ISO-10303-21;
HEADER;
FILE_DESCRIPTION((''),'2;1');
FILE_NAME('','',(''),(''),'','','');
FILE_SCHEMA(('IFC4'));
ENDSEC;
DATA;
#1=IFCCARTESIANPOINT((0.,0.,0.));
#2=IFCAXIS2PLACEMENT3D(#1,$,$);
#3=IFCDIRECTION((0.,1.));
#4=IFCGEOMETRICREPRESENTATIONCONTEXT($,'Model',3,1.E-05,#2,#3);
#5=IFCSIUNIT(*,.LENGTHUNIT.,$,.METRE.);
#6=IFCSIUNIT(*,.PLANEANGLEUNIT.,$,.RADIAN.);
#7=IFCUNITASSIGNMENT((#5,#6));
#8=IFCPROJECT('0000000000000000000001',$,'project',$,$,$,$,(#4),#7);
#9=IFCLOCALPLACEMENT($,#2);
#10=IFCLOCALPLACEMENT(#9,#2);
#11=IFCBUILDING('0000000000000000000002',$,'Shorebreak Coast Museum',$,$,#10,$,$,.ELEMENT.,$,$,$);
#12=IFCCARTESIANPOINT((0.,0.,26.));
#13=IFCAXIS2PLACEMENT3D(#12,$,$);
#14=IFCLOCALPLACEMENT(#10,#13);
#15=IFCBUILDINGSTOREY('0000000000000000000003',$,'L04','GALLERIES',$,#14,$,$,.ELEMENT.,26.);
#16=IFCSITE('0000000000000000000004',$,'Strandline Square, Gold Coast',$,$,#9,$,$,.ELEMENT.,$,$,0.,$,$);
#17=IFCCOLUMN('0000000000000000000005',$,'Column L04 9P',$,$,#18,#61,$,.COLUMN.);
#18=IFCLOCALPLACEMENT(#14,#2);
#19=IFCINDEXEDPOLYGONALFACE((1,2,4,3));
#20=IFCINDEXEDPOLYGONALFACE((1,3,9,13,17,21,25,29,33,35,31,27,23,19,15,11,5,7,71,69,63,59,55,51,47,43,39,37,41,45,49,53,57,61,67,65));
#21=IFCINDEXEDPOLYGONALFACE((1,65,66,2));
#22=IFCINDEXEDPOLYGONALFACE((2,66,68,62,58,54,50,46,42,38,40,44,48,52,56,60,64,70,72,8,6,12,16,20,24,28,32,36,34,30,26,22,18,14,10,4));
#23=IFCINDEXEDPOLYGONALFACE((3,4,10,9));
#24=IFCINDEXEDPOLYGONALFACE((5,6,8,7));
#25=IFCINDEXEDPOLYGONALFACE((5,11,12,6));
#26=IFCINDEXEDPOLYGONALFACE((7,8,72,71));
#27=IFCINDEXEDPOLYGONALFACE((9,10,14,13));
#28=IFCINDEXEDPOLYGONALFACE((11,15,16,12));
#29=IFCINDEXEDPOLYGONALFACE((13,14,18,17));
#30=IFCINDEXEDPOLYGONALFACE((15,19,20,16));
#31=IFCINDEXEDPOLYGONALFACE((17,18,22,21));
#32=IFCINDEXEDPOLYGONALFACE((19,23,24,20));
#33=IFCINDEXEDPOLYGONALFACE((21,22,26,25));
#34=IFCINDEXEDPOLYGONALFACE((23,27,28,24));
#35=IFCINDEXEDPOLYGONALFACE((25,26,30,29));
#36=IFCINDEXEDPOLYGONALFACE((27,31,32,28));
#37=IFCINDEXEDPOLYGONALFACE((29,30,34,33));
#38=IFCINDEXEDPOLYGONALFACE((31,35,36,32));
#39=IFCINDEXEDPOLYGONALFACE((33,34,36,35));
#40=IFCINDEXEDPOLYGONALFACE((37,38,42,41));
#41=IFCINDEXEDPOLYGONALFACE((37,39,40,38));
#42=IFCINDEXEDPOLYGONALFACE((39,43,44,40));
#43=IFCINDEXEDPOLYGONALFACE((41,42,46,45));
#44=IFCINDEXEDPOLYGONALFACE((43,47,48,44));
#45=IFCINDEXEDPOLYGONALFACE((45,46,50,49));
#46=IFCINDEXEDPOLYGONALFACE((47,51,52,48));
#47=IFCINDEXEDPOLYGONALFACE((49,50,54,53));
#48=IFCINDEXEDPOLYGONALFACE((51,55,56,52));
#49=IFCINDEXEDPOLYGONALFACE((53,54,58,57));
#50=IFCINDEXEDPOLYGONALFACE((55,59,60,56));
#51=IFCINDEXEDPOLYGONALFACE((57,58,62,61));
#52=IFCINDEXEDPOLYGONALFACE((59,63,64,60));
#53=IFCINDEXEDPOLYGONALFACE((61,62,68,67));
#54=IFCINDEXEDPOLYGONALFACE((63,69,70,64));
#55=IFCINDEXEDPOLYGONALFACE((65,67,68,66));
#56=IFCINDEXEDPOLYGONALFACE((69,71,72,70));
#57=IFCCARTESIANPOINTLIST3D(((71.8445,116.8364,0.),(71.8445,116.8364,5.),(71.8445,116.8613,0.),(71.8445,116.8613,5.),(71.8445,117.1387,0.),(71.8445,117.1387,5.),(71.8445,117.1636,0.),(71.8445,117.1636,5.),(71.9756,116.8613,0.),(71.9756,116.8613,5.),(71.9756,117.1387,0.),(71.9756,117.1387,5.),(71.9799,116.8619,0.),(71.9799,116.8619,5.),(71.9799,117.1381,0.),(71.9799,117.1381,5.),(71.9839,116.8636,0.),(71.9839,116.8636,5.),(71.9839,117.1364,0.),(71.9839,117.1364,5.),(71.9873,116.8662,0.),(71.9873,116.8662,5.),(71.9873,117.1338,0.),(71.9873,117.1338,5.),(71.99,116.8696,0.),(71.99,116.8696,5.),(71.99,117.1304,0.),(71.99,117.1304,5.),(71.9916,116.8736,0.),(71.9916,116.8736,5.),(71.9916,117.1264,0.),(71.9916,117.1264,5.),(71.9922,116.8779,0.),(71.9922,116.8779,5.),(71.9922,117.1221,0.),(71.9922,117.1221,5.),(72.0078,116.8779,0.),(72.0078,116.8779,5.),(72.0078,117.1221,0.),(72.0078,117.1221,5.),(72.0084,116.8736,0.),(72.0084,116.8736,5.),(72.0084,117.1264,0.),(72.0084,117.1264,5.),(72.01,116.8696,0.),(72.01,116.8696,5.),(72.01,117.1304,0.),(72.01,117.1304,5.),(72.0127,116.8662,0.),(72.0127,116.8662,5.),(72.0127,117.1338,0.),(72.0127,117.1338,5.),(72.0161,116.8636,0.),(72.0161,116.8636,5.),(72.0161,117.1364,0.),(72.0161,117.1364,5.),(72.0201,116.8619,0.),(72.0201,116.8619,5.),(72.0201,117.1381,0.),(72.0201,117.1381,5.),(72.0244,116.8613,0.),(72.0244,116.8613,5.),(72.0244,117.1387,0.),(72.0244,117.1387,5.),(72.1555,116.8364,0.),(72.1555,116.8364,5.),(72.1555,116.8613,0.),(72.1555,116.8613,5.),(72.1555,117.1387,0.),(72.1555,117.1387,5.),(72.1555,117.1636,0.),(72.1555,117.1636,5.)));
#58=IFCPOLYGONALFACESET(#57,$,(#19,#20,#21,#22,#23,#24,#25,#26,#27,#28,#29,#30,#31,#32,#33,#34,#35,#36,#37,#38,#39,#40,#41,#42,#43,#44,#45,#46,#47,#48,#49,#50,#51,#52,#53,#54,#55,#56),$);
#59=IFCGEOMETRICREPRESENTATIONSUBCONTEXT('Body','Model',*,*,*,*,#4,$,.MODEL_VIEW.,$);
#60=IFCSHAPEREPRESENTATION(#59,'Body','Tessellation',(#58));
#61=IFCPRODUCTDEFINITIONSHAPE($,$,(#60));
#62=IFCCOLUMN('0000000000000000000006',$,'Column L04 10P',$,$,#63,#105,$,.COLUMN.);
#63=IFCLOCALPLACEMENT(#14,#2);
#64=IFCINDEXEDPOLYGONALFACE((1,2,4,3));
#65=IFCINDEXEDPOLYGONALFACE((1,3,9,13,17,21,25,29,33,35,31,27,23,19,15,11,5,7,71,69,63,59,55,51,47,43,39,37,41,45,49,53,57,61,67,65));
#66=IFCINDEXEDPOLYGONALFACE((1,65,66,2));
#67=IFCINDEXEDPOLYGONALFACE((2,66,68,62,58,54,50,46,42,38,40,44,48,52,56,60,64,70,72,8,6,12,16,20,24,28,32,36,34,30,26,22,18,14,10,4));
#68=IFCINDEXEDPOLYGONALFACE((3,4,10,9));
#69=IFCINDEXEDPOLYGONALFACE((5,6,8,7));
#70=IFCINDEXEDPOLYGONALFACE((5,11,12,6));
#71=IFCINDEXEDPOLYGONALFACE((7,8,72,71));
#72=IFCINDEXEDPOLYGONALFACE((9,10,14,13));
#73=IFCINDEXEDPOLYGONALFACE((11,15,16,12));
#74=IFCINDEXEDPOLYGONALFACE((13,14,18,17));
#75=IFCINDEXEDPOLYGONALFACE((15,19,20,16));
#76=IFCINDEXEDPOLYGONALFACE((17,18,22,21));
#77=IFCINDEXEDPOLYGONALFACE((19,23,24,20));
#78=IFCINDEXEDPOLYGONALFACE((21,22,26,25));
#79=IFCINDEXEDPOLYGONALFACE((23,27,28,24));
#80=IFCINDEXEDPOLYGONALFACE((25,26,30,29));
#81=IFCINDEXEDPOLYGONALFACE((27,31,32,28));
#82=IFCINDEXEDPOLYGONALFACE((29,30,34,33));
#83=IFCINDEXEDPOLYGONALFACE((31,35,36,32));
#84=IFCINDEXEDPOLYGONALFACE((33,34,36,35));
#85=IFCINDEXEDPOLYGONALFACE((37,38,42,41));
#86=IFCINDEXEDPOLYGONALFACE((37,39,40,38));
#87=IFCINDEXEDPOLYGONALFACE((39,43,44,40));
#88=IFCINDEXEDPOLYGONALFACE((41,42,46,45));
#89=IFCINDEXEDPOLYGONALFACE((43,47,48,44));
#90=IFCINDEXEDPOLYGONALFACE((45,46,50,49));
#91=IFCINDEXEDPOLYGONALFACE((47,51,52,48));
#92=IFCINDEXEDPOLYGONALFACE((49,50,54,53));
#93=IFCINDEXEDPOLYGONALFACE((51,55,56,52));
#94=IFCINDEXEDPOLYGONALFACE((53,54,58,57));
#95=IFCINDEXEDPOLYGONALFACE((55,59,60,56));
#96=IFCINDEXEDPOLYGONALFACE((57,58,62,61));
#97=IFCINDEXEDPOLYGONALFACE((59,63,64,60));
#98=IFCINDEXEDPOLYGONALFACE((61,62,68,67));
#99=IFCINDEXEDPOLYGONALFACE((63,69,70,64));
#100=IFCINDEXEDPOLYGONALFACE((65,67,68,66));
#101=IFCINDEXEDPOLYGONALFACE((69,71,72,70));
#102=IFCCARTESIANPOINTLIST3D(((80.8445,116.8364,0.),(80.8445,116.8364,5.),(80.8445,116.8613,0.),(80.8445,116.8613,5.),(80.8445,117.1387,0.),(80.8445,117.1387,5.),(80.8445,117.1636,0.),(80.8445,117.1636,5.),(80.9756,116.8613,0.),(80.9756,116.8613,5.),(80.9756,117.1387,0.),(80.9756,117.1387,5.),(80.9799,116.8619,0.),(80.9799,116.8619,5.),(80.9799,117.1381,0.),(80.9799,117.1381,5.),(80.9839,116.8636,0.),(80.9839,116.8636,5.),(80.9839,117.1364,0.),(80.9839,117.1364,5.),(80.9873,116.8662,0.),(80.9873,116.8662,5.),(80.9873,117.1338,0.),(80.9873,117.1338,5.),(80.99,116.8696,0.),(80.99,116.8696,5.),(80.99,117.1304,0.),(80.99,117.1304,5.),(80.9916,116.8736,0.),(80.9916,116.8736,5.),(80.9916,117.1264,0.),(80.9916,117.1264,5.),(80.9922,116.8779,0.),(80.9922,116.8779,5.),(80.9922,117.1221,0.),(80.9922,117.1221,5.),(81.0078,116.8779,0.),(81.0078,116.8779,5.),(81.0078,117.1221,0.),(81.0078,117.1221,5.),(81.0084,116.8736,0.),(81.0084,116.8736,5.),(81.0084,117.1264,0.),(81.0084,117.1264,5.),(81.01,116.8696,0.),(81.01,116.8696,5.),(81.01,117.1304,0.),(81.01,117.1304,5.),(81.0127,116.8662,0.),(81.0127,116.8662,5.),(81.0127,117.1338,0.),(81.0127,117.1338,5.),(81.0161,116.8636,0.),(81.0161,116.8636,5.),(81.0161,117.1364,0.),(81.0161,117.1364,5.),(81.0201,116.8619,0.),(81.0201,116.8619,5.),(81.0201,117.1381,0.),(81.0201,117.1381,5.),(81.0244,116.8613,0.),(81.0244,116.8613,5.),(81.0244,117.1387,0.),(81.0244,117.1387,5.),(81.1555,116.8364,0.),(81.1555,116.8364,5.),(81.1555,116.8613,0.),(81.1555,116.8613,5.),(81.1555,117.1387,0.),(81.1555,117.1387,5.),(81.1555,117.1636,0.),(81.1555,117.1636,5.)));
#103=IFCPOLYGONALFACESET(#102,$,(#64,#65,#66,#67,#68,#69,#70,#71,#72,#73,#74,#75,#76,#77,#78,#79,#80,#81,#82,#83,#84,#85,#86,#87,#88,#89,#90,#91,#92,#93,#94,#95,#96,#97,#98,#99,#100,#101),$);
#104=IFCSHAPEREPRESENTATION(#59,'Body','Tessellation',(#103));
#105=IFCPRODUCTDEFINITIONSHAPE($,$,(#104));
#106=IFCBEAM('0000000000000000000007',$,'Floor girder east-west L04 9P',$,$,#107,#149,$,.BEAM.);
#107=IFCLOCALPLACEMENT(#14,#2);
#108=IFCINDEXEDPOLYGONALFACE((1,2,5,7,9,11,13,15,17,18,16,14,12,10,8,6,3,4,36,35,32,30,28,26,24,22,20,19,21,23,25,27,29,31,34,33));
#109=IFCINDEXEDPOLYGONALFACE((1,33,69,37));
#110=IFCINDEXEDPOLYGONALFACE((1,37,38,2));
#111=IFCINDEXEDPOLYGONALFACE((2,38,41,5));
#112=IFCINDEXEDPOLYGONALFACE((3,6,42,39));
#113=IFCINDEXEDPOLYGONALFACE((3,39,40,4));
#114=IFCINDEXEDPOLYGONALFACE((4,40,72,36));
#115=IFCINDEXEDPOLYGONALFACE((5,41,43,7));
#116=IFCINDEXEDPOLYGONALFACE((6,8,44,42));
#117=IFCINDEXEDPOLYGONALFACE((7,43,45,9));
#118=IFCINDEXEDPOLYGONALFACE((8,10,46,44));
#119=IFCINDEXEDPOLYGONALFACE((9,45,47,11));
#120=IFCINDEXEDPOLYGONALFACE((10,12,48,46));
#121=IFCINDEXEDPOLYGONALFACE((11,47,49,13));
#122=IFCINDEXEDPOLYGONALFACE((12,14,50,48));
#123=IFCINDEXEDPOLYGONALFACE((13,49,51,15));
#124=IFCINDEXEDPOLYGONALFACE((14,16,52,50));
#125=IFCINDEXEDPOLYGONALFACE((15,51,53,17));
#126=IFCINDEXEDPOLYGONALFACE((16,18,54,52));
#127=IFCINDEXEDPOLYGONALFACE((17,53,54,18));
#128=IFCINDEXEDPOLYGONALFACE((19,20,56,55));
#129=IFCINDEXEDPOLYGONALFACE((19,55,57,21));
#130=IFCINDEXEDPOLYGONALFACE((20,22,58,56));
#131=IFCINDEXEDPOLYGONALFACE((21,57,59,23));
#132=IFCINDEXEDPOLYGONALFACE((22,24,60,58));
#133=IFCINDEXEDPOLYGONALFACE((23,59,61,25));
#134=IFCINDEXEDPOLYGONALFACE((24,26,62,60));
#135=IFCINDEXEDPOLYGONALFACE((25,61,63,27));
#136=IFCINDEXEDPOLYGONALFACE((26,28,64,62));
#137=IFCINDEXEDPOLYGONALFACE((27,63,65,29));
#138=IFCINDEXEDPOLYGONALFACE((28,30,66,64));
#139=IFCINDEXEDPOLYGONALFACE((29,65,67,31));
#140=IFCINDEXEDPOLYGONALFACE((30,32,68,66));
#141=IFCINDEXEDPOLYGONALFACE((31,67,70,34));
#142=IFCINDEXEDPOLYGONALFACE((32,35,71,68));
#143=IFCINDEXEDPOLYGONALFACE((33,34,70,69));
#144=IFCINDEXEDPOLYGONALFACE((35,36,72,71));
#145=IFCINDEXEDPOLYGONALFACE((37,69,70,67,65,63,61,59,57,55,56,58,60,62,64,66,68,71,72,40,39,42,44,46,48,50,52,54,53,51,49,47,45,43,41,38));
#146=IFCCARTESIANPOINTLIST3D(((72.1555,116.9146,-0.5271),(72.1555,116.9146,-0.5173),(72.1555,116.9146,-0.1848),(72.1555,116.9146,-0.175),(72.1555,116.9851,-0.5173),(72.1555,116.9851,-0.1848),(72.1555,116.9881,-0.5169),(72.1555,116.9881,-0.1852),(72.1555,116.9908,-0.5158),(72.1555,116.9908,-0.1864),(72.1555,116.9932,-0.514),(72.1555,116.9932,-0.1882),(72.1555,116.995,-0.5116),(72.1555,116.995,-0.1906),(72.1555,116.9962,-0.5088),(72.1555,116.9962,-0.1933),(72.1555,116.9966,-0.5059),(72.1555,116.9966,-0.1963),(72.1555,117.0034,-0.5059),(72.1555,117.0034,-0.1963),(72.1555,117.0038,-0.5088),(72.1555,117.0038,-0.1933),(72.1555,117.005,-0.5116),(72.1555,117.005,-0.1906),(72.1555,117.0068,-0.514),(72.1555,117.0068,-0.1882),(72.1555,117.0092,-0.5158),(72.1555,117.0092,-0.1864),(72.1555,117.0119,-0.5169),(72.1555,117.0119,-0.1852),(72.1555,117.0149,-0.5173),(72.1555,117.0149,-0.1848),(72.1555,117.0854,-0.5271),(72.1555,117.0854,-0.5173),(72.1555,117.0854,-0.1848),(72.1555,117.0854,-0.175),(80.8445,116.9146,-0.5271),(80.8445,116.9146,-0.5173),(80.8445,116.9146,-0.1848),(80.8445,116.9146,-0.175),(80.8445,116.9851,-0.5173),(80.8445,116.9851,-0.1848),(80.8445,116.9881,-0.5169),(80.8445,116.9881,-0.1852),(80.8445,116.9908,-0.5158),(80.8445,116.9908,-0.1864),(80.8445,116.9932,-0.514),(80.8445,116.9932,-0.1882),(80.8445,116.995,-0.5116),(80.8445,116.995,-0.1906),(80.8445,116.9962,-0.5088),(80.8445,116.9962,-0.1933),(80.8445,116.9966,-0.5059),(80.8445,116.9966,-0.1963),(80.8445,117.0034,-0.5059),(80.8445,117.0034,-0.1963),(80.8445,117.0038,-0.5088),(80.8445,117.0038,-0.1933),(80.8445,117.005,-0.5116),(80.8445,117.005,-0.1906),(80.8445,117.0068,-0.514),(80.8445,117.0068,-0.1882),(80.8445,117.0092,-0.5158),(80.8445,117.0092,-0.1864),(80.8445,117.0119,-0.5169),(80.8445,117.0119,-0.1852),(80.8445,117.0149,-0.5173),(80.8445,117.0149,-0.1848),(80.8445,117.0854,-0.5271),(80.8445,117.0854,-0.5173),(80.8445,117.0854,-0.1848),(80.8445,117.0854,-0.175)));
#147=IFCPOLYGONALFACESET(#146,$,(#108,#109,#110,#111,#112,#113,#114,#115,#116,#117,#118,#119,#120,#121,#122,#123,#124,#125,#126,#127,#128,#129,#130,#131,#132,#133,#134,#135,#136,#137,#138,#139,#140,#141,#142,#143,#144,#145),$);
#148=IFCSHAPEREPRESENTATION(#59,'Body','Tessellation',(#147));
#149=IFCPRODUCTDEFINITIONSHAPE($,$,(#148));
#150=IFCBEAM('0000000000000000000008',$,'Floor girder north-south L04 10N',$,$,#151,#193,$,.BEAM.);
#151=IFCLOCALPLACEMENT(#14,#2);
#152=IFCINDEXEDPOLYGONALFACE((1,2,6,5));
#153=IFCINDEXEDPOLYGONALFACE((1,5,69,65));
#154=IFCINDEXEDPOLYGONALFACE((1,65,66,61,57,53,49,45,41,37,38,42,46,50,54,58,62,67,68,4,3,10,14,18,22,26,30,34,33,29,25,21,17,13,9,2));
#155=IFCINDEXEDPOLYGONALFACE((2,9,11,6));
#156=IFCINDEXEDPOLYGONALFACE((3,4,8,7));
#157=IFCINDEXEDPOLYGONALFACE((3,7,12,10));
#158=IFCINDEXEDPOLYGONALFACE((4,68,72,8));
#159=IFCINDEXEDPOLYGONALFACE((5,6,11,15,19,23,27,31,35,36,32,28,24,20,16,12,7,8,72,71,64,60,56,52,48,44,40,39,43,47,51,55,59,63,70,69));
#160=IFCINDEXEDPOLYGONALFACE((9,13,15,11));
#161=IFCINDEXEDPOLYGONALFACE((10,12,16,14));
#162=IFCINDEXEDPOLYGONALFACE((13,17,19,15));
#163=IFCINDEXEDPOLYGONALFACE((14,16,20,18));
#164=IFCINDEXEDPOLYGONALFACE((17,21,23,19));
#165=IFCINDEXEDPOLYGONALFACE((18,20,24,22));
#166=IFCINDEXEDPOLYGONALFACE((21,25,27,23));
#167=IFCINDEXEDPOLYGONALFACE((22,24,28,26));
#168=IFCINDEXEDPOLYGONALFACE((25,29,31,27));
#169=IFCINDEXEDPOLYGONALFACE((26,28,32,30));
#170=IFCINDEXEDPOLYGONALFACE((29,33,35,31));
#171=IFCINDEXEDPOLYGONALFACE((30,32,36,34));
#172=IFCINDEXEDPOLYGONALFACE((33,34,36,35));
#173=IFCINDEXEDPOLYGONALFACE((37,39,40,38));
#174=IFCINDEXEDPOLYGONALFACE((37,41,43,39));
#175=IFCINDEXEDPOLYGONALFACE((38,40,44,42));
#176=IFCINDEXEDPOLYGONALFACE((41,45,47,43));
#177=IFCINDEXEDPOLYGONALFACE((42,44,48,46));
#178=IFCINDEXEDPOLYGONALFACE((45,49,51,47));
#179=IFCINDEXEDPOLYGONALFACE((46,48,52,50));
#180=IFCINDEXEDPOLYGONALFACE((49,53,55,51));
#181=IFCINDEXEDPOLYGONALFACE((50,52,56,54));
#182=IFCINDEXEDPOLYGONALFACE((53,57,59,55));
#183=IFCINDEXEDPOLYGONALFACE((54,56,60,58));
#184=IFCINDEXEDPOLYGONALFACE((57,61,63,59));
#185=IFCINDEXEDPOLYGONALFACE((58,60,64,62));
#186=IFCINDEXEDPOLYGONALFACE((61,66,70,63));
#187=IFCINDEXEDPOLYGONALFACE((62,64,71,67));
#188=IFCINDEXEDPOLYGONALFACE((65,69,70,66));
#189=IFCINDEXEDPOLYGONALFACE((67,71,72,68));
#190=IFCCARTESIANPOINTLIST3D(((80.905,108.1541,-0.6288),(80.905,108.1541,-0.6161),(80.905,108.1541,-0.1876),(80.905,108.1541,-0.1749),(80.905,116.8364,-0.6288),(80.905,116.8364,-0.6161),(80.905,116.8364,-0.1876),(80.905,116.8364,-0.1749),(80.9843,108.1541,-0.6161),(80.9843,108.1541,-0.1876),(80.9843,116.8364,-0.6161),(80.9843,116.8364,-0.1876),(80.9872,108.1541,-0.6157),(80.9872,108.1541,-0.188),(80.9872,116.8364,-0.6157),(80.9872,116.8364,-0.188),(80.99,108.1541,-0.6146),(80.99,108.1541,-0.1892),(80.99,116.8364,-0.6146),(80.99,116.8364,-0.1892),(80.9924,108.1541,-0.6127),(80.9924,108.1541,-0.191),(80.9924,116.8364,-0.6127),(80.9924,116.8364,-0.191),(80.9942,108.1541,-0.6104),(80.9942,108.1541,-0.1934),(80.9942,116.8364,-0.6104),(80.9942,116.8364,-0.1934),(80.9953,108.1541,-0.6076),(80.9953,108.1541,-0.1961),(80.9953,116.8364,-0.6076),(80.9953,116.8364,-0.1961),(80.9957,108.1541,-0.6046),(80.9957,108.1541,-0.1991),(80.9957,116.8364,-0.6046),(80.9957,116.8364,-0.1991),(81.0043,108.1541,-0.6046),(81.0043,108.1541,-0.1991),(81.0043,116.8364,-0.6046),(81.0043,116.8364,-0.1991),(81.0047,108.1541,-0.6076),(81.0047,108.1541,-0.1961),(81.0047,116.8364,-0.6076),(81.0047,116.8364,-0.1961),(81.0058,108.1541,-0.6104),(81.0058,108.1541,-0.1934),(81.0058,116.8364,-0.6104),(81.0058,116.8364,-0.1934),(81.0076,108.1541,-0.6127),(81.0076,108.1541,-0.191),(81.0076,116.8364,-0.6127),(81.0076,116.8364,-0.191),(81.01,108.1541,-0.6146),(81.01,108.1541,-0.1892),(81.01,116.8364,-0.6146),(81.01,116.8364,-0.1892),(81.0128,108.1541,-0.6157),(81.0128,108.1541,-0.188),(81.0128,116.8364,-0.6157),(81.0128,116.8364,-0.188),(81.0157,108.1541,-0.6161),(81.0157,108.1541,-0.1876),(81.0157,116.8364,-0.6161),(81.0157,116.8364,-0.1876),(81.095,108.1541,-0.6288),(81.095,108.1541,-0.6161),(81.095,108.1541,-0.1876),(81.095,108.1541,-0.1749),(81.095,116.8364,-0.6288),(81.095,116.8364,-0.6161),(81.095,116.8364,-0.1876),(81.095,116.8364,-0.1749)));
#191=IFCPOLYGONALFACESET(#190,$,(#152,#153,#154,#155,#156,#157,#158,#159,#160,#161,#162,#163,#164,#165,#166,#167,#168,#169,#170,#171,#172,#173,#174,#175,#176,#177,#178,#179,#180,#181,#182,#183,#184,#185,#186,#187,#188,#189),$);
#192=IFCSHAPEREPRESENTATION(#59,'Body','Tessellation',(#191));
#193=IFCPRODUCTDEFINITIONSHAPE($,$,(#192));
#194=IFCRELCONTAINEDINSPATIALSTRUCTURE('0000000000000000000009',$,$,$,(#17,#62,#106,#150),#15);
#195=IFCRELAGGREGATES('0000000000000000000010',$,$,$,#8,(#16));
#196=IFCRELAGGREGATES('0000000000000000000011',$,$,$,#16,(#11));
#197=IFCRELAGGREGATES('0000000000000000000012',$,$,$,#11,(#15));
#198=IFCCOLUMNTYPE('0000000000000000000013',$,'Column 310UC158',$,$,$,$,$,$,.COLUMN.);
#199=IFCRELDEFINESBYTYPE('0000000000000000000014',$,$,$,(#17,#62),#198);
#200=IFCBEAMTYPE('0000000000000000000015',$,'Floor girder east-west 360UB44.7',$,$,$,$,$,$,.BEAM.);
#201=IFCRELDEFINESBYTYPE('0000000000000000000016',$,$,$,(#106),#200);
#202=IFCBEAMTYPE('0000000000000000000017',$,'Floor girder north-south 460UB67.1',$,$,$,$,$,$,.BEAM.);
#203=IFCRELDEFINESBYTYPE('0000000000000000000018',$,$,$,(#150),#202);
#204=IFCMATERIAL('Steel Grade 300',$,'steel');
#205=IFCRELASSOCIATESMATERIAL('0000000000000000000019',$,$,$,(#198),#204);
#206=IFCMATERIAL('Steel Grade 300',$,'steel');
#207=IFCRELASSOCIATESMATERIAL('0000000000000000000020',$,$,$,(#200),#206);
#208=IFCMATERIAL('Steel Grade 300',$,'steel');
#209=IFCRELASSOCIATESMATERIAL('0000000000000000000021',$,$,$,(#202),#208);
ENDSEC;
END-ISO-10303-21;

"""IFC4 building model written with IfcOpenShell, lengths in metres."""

from ifc_helpers import new_model, si_unit, direction, frame, origin, origin_2d, place, context, subcontext, project, spatial, i_section, extrude, material, material_profile, profile_set, type_object, element, save


model = new_model("IFC4")

# Units and contexts
model_context = context("Model", 3, precision=1e-05, world=origin(), true_north=direction((0.0, 1.0)))
body_context = subcontext(model_context, "Body", "Model", "MODEL_VIEW")
ifc_project = project(units=[si_unit("LENGTHUNIT", "METRE"), si_unit("PLANEANGLEUNIT", "RADIAN")], contexts=[model_context])

# Site, building, storey
site_placement = place(None, origin())
site = spatial("IfcSite", under=ifc_project, at=site_placement, Name="Strandline Square, Gold Coast", CompositionType="ELEMENT", RefElevation=0.0)
building_placement = place(site_placement, origin())
building = spatial("IfcBuilding", under=site, at=building_placement, Name="Shorebreak Coast Museum", CompositionType="ELEMENT")
storey_placement = place(building_placement, frame((0.0, 0.0, 26.0)))
storey = spatial("IfcBuildingStorey", under=building, at=storey_placement, Name="L04", Description="GALLERIES", CompositionType="ELEMENT", Elevation=26.0)

# Columns
ifc_material_1 = material(Name="Steel Grade 300", Category="steel")
ifc_material_profile_1 = material_profile(ifc_material_1, i_section(OverallWidth=0.311, OverallDepth=0.3271, WebThickness=0.0156, FlangeThickness=0.0249, FilletRadius=0.0166, at=origin_2d()), Name="310UC158")
ifc_profile_set_1 = profile_set([ifc_material_profile_1], Name="Steel Grade 300")
column_type = type_object("IfcColumnType", Name="Column 310UC158", PredefinedType="COLUMN", material=ifc_profile_set_1)
for number, where, z_axis, x_axis, name in (
    (1, (72.0, 117.0, 0.0), (0.0, 0.0, 1.0), (1.0, 0.0, 0.0), "Column L04 9P"),
    (2, (81.0, 117.0, 0.0), (0.0, 0.0, 1.0), (1.0, 0.0, 0.0), "Column L04 10P"),
):
    element("IfcColumn", number, at=place(storey_placement, frame(where, z_axis=z_axis, x_axis=x_axis)), inside=storey, type_object=column_type, Name=name, PredefinedType="COLUMN", context=body_context, shape_type="SweptSolid", body=[
        extrude(i_section(OverallWidth=0.311, OverallDepth=0.3271, WebThickness=0.0156, FlangeThickness=0.0249, FilletRadius=0.0166, at=origin_2d()), origin(), (0.0, 0.0, 1.0), 5.0),
    ])

# Beams
ifc_material_2 = material(Name="Steel Grade 300", Category="steel")
ifc_material_profile_2 = material_profile(ifc_material_2, i_section(OverallWidth=0.1709, OverallDepth=0.3521, WebThickness=0.0068, FlangeThickness=0.0098, FilletRadius=0.0115, at=origin_2d()), Name="360UB44.7")
ifc_profile_set_2 = profile_set([ifc_material_profile_2], Name="Steel Grade 300")
beam_type_1 = type_object("IfcBeamType", Name="Floor girder east-west 360UB44.7", PredefinedType="BEAM", material=ifc_profile_set_2)
beam_1_placement = place(storey_placement, frame((72.1555, 117.0, -0.3511), z_axis=(1.0, 0.0, 0.0), x_axis=(0.0, 1.0, 0.0)))
element("IfcBeam", 3, at=beam_1_placement, inside=storey, type_object=beam_type_1, Name="Floor girder east-west L04 9P", PredefinedType="BEAM", context=body_context, shape_type="SweptSolid", body=[
    extrude(i_section(OverallWidth=0.1709, OverallDepth=0.3521, WebThickness=0.0068, FlangeThickness=0.0098, FilletRadius=0.0115, at=origin_2d()), origin(), (0.0, 0.0, 1.0), 8.689),
])
ifc_material_3 = material(Name="Steel Grade 300", Category="steel")
ifc_material_profile_3 = material_profile(ifc_material_3, i_section(OverallWidth=0.1899, OverallDepth=0.4539, WebThickness=0.0085, FlangeThickness=0.0127, FilletRadius=0.0115, at=origin_2d()), Name="460UB67.1")
ifc_profile_set_3 = profile_set([ifc_material_profile_3], Name="Steel Grade 300")
beam_type_2 = type_object("IfcBeamType", Name="Floor girder north-south 460UB67.1", PredefinedType="BEAM", material=ifc_profile_set_3)
beam_2_placement = place(storey_placement, frame((81.0, 108.1541, -0.4019), z_axis=(0.0, 1.0, 0.0), x_axis=(-1.0, 0.0, 0.0)))
element("IfcBeam", 4, at=beam_2_placement, inside=storey, type_object=beam_type_2, Name="Floor girder north-south L04 10N", PredefinedType="BEAM", context=body_context, shape_type="SweptSolid", body=[
    extrude(i_section(OverallWidth=0.1899, OverallDepth=0.4539, WebThickness=0.0085, FlangeThickness=0.0127, FilletRadius=0.0115, at=origin_2d()), origin(), (0.0, 0.0, 1.0), 8.6824),
])

save(model, "model.ifc")
